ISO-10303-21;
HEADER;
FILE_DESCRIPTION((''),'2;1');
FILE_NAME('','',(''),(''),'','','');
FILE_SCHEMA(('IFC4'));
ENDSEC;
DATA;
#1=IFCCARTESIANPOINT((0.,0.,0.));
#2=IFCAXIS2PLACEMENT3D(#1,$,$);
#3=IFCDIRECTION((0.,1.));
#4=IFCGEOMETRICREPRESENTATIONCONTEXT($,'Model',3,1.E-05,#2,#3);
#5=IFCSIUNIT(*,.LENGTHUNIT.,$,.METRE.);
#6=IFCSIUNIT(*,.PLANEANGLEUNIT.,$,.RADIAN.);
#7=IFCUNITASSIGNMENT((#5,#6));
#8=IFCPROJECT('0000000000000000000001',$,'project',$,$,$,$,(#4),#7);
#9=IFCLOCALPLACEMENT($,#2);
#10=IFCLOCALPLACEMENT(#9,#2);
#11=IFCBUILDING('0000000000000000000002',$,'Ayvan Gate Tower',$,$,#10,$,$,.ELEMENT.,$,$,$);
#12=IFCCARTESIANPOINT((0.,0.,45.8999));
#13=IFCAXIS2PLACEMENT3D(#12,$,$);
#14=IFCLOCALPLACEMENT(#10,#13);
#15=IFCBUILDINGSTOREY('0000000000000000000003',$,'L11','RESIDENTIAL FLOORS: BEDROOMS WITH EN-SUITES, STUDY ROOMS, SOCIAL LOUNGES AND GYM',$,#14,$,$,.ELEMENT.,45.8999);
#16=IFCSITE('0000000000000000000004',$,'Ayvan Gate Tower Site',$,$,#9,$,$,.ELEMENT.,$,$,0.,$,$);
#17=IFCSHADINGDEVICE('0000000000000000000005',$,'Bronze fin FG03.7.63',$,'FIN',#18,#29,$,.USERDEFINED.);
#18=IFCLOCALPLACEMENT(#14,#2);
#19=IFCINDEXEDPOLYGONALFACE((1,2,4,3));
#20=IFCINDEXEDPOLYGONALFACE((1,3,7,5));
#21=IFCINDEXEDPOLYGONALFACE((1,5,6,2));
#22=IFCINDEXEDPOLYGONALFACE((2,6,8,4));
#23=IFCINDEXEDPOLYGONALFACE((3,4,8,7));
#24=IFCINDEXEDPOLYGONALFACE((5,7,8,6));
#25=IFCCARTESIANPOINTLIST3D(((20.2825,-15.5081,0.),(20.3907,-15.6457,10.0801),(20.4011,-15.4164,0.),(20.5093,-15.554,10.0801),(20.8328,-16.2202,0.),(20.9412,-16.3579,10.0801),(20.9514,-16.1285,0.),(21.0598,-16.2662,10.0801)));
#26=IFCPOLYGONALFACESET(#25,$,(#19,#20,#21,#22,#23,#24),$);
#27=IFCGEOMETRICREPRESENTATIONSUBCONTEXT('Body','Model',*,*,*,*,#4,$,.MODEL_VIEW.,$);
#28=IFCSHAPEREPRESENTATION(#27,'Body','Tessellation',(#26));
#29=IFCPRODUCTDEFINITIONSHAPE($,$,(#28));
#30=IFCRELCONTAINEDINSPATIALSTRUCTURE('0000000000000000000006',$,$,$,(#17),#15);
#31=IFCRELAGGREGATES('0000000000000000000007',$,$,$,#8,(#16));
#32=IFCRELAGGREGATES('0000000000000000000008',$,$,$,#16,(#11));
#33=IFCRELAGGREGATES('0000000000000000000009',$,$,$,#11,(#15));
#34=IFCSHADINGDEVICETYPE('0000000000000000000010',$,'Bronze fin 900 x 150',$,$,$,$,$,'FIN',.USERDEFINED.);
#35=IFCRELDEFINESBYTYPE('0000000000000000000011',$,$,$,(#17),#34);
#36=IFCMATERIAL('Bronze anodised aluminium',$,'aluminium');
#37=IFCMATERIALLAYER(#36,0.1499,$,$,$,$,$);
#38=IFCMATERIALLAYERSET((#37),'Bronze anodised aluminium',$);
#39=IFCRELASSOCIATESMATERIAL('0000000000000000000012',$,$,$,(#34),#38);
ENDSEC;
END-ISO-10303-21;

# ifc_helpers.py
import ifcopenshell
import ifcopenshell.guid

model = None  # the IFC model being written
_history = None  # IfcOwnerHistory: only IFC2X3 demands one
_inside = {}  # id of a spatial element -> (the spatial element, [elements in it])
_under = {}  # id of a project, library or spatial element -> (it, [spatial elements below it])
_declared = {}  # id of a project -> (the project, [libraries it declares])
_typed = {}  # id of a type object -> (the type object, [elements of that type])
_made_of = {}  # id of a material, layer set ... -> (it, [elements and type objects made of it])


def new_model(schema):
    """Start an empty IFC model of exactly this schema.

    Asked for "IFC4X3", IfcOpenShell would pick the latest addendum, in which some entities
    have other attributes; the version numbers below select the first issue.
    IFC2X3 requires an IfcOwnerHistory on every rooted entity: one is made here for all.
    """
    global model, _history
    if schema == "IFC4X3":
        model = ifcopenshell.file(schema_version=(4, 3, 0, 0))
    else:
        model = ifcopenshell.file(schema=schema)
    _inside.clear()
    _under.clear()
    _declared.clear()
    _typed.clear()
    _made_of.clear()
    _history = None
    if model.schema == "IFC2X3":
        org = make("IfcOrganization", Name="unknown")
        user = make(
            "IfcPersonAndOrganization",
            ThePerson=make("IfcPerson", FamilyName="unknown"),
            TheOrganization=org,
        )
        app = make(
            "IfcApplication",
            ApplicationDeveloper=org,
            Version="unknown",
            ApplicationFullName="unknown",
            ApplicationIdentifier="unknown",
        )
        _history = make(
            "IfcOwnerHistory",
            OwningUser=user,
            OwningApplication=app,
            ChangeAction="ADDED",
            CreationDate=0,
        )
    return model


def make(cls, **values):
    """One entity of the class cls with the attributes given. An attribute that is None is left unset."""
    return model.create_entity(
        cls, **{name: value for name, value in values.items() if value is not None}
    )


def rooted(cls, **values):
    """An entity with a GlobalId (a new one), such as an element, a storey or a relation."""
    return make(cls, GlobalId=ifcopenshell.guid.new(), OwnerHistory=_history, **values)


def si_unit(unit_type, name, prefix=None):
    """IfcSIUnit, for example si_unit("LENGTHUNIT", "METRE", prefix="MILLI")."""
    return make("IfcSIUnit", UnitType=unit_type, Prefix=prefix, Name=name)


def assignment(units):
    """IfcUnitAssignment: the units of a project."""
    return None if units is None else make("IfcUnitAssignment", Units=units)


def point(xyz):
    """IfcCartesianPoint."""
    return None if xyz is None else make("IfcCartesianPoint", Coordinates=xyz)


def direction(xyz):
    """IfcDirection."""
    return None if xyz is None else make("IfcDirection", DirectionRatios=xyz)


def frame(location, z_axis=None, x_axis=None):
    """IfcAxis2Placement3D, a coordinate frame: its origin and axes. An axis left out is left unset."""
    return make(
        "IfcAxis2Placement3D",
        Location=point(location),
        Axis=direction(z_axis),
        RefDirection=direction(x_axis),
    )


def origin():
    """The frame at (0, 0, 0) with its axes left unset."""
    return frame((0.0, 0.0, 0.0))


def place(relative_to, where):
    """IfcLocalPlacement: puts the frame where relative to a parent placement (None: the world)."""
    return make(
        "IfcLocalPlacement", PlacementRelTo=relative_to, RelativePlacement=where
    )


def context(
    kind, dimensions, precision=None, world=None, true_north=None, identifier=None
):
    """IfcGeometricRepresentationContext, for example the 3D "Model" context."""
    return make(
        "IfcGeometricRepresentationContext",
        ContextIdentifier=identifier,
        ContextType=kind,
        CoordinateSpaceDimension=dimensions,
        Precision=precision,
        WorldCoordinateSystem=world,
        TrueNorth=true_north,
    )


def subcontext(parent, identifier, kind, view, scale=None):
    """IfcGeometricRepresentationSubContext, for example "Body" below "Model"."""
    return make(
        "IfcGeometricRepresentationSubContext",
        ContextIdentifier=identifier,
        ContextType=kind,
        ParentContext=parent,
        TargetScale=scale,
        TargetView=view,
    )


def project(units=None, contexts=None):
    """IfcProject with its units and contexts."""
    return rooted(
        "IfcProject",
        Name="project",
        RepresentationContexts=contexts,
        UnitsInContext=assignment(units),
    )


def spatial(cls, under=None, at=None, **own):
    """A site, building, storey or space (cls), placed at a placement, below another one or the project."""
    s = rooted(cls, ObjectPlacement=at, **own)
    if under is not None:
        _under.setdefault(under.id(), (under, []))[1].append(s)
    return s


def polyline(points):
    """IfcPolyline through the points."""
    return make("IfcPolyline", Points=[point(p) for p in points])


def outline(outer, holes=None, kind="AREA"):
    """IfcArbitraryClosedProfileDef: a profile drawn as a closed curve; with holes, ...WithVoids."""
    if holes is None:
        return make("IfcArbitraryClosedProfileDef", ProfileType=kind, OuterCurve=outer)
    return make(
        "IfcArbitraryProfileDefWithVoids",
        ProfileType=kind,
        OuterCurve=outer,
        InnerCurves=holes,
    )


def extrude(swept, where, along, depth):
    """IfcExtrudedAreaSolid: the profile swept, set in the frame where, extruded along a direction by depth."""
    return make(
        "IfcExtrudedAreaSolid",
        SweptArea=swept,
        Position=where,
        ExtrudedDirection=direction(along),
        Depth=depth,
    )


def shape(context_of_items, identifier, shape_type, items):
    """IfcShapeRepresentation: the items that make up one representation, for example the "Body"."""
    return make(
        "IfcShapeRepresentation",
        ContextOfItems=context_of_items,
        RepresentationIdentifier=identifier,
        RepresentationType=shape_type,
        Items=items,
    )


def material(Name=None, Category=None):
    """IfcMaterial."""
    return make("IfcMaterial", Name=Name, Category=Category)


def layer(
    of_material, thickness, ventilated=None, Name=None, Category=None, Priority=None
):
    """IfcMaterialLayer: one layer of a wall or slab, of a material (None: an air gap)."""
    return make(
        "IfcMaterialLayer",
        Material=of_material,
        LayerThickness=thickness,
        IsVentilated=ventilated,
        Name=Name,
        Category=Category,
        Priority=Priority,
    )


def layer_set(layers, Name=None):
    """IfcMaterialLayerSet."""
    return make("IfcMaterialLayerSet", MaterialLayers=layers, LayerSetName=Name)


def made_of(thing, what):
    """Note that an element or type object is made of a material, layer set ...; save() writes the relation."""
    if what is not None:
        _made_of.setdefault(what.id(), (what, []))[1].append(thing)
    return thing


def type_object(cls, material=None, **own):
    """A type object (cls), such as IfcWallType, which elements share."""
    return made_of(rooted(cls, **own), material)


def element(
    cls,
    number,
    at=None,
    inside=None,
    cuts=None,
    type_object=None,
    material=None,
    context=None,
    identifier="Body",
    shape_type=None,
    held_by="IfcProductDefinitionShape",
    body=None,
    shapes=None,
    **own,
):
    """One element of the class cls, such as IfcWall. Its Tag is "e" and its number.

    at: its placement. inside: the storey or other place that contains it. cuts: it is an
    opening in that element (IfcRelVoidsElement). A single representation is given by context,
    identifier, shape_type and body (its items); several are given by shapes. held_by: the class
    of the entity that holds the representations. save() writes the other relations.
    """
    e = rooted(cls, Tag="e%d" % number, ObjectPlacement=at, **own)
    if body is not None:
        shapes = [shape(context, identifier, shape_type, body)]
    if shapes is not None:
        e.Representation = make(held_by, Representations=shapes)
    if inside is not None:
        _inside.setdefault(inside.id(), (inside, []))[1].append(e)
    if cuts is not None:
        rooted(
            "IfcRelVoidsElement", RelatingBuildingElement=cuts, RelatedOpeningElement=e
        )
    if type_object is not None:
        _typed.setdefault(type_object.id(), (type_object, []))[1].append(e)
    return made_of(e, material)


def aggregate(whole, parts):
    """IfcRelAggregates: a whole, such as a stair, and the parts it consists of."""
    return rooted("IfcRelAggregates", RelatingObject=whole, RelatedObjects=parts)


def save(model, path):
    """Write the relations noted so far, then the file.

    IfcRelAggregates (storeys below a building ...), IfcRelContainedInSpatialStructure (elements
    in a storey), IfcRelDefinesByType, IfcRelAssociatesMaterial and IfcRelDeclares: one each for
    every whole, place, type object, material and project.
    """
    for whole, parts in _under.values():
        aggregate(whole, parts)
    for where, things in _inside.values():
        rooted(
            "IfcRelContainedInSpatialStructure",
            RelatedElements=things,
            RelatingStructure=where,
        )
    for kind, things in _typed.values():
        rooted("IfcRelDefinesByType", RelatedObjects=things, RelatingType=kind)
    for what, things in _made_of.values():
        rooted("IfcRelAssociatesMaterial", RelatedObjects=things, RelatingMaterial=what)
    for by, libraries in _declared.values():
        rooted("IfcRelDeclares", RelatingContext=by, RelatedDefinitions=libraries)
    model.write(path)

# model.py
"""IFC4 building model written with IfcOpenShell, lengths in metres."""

from ifc_helpers import new_model, si_unit, direction, frame, origin, place, context, subcontext, project, spatial, polyline, outline, extrude, material, layer, layer_set, type_object, element, save


model = new_model("IFC4")

# Units and contexts
model_context = context("Model", 3, precision=1e-05, world=origin(), true_north=direction((0.0, 1.0)))
body_context = subcontext(model_context, "Body", "Model", "MODEL_VIEW")
ifc_project = project(units=[si_unit("LENGTHUNIT", "METRE"), si_unit("PLANEANGLEUNIT", "RADIAN")], contexts=[model_context])

# Site, building, storey
site_placement = place(None, origin())
site = spatial("IfcSite", under=ifc_project, at=site_placement, Name="Ayvan Gate Tower Site", CompositionType="ELEMENT", RefElevation=0.0)
building_placement = place(site_placement, origin())
building = spatial("IfcBuilding", under=site, at=building_placement, Name="Ayvan Gate Tower", CompositionType="ELEMENT")
storey_placement = place(building_placement, frame((0.0, 0.0, 45.8999)))
storey = spatial("IfcBuildingStorey", under=building, at=storey_placement, Name="L11", Description="RESIDENTIAL FLOORS: BEDROOMS WITH EN-SUITES, STUDY ROOMS, SOCIAL LOUNGES AND GYM", CompositionType="ELEMENT", Elevation=45.8999)

# Shared definitions
ifc_material_1 = material(Name="Bronze anodised aluminium", Category="aluminium")

# Shading device
ifc_layer_1 = layer(ifc_material_1, 0.1499)
ifc_layer_set_1 = layer_set([ifc_layer_1], Name="Bronze anodised aluminium")
shading_device_type = type_object("IfcShadingDeviceType", Name="Bronze fin 900 x 150", ElementType="FIN", PredefinedType="USERDEFINED", material=ifc_layer_set_1)
shading_device_1_placement = place(storey_placement, frame((20.2825, -15.5081, 0.0), z_axis=(-0.791225, -0.611525, 0.000146), x_axis=(0.611525, -0.791225, 0.0)))
element("IfcShadingDevice", 1, at=shading_device_1_placement, inside=storey, type_object=shading_device_type, Name="Bronze fin FG03.7.63", ObjectType="FIN", PredefinedType="USERDEFINED", context=body_context, shape_type="SweptSolid", body=[
    extrude(outline(polyline([(0.0, 0.0), (0.9, 0.0), (1.0752, 10.0801), (0.1751, 10.0801), (0.0, 0.0)])), origin(), (0.0, 0.0, -1.0), 0.1499),
])

save(model, "model.ifc")
